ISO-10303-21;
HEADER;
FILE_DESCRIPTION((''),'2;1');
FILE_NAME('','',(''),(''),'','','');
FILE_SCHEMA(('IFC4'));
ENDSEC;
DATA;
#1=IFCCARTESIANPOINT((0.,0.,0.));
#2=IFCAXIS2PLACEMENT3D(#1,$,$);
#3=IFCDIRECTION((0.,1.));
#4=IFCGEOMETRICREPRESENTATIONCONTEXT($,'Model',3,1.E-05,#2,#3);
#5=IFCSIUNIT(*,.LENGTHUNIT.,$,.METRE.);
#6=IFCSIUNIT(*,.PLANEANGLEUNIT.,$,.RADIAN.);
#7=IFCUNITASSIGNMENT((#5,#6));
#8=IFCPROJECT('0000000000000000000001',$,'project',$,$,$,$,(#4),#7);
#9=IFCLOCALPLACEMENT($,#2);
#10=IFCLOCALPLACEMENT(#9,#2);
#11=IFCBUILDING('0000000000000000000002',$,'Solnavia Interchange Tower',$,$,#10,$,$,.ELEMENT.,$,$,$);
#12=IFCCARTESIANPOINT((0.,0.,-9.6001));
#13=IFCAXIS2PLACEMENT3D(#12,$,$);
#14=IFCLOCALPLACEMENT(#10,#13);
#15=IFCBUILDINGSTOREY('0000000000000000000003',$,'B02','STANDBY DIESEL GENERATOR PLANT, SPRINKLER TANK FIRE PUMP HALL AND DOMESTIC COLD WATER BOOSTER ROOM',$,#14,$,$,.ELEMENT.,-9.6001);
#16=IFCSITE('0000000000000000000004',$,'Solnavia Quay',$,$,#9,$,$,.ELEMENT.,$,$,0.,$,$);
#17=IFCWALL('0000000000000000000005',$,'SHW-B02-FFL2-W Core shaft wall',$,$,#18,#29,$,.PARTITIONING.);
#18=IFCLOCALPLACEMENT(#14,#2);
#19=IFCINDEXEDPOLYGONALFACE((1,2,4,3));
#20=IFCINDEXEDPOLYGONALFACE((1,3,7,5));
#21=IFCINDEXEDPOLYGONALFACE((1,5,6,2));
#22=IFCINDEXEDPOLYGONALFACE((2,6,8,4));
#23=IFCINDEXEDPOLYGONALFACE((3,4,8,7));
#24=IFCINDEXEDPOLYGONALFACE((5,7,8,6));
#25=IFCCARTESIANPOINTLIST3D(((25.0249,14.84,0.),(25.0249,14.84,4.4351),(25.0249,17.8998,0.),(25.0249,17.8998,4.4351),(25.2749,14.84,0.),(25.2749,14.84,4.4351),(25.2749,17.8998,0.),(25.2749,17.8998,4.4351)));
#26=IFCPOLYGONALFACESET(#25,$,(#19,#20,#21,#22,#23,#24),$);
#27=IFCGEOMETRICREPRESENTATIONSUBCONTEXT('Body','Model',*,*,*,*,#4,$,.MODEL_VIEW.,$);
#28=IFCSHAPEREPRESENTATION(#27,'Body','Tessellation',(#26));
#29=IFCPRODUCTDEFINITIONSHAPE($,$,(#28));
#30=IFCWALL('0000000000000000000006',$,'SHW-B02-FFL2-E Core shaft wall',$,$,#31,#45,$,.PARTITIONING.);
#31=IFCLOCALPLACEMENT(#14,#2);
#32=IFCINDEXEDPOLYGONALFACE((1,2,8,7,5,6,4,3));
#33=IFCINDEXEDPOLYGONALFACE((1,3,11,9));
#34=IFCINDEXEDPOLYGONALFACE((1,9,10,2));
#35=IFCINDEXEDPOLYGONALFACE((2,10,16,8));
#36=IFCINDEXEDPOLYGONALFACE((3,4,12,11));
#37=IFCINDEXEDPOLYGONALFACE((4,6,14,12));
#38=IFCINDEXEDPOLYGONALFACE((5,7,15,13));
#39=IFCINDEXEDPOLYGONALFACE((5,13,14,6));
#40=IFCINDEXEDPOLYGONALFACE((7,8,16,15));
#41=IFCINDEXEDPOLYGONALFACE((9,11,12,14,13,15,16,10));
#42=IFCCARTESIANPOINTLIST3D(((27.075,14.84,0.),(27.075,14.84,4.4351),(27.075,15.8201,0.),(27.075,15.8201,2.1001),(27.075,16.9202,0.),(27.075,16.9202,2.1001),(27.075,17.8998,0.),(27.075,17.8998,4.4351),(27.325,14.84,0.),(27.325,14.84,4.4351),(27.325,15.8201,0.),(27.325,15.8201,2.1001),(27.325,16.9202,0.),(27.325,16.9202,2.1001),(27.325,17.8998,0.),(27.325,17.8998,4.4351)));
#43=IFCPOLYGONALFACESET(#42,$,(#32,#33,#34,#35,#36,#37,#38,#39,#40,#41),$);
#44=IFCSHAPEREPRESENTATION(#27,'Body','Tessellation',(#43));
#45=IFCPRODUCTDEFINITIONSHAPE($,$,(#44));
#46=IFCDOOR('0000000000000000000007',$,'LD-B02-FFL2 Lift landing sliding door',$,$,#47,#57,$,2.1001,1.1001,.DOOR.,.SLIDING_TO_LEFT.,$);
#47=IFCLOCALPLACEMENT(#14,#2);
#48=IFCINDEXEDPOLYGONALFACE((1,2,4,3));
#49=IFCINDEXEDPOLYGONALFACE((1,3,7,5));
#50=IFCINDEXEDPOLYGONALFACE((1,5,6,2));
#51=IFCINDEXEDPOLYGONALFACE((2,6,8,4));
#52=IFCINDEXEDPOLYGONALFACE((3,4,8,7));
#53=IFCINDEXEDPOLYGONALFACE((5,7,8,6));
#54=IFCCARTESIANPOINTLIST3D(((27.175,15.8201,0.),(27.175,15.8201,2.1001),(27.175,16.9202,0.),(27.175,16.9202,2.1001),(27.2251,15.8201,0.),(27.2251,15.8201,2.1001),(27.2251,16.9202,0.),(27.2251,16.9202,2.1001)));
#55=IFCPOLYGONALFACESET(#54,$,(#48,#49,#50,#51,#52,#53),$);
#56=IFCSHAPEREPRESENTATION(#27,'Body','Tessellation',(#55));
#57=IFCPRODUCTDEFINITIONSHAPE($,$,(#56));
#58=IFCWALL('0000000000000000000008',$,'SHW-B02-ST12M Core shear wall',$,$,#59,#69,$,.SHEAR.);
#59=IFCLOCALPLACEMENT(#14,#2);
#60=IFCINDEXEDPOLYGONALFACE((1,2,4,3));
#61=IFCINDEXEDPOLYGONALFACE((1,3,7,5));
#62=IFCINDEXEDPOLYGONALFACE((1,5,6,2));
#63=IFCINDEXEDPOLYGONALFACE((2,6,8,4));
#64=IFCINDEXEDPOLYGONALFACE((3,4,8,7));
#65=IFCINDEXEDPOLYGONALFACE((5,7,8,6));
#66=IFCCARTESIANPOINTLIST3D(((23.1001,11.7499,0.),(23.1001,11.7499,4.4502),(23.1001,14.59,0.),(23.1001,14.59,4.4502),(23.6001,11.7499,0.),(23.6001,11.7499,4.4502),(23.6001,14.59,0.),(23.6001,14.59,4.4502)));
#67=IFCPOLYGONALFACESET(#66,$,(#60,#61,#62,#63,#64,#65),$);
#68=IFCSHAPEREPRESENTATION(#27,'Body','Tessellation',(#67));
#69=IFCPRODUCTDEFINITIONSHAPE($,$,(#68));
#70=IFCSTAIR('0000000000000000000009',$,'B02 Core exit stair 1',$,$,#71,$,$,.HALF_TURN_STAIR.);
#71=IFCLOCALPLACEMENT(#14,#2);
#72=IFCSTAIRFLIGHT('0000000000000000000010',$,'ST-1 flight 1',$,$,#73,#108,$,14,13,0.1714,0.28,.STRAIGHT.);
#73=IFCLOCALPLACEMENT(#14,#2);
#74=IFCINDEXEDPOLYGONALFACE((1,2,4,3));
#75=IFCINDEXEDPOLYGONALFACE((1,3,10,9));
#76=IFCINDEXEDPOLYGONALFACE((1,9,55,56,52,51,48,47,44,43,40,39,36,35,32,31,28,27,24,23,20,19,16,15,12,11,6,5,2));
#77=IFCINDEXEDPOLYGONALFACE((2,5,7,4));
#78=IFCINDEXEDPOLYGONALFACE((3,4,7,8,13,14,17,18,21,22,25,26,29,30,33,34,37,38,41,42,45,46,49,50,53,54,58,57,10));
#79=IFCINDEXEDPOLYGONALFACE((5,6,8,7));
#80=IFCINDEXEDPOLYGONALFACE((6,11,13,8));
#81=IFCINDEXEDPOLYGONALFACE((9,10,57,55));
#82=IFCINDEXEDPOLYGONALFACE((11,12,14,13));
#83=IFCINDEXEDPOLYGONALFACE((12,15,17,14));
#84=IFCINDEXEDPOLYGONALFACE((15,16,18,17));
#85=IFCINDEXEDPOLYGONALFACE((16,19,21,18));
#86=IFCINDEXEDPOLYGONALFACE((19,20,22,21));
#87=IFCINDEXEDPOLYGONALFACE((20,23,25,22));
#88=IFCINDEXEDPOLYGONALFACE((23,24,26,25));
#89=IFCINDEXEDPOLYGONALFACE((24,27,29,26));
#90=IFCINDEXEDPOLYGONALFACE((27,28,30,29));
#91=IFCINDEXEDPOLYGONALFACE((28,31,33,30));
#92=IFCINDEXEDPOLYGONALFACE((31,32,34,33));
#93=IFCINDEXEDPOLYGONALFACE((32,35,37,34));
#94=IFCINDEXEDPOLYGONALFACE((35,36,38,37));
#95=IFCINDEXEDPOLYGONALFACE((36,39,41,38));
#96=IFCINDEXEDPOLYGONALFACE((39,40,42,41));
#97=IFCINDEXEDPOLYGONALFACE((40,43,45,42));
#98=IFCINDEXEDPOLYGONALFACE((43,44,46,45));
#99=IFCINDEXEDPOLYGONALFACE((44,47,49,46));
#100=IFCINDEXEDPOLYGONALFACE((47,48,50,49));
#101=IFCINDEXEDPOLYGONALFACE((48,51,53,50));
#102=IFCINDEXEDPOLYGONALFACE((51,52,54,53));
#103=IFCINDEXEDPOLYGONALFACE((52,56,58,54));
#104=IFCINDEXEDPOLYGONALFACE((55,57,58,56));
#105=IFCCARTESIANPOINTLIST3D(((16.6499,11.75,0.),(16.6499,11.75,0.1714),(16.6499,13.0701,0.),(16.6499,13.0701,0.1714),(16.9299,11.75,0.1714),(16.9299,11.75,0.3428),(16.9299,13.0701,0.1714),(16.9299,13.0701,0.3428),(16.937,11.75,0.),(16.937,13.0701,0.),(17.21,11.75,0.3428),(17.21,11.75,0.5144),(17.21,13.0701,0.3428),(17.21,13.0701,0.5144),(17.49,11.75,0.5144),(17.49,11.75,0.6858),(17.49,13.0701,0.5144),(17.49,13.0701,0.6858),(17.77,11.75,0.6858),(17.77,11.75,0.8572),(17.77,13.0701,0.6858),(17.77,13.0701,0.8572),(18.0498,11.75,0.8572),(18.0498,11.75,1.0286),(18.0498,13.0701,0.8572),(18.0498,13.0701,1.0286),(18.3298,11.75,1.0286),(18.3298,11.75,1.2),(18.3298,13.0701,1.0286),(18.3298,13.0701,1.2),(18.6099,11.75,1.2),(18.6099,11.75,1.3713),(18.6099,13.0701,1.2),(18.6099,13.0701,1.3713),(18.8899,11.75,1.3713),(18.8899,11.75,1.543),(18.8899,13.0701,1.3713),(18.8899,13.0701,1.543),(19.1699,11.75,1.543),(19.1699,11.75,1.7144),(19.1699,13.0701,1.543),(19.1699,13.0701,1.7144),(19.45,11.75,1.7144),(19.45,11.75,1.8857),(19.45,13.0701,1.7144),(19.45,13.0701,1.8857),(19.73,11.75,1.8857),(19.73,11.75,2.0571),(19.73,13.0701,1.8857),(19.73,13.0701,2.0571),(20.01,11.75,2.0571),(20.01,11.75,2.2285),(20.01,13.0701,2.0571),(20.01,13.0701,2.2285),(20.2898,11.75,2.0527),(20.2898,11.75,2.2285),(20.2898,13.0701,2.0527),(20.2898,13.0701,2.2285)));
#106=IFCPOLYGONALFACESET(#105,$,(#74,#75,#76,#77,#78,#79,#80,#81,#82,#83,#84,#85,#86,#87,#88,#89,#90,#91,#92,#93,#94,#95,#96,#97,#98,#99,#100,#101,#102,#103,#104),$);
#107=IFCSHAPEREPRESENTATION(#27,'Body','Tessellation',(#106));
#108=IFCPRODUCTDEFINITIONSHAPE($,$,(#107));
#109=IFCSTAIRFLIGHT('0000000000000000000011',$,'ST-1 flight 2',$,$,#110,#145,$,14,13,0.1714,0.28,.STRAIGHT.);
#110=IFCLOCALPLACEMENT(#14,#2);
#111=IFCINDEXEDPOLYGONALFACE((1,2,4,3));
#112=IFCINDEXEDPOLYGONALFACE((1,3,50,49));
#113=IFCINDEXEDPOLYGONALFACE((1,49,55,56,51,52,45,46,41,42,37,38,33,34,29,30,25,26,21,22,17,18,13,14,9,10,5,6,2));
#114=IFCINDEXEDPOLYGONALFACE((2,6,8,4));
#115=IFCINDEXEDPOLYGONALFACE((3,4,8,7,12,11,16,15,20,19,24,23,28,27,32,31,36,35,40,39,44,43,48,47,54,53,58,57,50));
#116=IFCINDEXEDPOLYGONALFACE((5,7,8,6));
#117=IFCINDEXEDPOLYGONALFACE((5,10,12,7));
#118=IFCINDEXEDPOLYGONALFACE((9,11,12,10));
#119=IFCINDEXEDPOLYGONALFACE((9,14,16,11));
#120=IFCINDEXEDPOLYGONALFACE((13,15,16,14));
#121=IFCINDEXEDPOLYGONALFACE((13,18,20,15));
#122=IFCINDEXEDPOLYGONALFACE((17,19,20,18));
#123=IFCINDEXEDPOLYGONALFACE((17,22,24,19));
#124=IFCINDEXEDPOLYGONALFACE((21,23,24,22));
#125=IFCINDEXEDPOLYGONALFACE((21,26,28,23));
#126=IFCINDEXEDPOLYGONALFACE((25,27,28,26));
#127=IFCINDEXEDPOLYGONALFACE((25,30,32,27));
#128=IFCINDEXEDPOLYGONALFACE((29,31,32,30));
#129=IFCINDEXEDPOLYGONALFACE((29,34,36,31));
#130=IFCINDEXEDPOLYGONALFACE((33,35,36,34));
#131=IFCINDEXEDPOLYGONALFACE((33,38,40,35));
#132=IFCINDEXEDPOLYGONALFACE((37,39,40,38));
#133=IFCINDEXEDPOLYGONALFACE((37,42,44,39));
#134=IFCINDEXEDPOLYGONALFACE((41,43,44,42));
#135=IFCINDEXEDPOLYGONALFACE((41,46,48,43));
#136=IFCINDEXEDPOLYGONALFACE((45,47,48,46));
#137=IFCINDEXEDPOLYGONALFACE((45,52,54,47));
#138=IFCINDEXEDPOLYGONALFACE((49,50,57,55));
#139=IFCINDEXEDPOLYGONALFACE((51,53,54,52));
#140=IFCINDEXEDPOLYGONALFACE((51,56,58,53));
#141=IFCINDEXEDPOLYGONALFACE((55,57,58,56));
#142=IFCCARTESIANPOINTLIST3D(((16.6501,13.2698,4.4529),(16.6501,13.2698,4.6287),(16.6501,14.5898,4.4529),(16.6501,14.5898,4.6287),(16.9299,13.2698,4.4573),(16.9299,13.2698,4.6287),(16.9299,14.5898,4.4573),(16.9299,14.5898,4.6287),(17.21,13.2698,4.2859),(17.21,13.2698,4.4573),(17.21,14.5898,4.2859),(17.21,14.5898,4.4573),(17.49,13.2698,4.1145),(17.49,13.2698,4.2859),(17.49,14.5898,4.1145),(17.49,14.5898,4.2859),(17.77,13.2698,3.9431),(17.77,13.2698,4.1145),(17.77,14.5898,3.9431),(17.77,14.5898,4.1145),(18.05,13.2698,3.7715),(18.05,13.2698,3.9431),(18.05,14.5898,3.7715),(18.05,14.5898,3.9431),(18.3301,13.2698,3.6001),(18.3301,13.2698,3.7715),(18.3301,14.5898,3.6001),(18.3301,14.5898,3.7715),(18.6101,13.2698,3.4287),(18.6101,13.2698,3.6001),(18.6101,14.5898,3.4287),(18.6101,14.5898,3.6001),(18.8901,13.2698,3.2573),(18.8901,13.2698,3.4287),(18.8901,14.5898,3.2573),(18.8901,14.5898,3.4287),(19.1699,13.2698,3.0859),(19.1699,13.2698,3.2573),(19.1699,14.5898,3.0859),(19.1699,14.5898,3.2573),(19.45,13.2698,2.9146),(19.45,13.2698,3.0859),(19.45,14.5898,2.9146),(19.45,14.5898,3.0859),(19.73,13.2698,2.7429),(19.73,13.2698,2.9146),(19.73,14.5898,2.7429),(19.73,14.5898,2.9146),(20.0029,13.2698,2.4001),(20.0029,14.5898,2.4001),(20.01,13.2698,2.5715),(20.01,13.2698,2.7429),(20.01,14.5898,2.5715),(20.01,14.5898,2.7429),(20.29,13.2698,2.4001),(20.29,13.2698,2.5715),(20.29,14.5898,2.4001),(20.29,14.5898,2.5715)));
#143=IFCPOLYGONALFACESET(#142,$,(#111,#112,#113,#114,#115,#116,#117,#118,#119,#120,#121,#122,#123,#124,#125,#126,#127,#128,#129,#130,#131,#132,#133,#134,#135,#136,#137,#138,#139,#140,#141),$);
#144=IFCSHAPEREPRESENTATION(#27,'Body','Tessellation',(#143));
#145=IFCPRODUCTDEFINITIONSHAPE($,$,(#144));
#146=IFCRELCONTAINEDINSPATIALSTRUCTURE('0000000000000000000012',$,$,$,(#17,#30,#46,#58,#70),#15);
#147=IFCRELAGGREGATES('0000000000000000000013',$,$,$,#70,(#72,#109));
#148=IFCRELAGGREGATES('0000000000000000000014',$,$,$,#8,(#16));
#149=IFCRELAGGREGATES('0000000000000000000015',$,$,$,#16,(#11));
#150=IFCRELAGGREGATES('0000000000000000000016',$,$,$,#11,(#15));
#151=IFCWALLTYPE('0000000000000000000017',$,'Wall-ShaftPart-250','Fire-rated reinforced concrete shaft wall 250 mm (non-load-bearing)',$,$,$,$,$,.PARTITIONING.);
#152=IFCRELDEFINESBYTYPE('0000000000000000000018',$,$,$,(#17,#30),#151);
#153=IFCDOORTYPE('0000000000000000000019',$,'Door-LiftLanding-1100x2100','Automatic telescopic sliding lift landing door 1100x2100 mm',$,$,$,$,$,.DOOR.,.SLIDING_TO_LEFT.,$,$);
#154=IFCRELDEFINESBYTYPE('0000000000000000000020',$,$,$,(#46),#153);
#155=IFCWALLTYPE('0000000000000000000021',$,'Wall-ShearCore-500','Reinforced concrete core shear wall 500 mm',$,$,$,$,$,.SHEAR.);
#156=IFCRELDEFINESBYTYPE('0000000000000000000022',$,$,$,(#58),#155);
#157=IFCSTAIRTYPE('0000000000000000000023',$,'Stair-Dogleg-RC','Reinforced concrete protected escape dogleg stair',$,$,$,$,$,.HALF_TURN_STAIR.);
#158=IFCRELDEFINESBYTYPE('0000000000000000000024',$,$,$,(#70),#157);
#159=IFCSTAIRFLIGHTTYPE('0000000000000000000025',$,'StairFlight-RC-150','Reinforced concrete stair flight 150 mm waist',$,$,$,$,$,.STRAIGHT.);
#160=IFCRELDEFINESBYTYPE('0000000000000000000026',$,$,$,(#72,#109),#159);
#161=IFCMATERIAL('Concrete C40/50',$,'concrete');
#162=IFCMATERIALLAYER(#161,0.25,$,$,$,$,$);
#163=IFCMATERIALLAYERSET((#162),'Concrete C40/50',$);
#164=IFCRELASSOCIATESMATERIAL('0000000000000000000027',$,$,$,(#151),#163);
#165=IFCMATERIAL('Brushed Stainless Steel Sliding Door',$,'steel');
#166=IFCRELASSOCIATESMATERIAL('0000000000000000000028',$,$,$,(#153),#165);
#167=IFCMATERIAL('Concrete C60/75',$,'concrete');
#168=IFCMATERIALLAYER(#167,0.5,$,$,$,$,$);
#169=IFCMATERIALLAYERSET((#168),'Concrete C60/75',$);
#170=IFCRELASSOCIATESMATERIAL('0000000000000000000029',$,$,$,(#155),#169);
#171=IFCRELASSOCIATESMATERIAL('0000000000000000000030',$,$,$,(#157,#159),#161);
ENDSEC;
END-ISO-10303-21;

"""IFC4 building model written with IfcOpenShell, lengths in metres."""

from ifc_helpers import new_model, si_unit, direction, frame, frame_2d, origin, place, context, subcontext, project, spatial, polyline, rectangle, outline, extrude, material, layer, layer_set, type_object, element, fill, aggregate, save


model = new_model("IFC4")

# Units and contexts
model_context = context("Model", 3, precision=1e-05, world=origin(), true_north=direction((0.0, 1.0)))
body_context = subcontext(model_context, "Body", "Model", "MODEL_VIEW")
ifc_project = project(units=[si_unit("LENGTHUNIT", "METRE"), si_unit("PLANEANGLEUNIT", "RADIAN")], contexts=[model_context])

# Site, building, storey
site_placement = place(None, origin())
site = spatial("IfcSite", under=ifc_project, at=site_placement, Name="Solnavia Quay", CompositionType="ELEMENT", RefElevation=0.0)
building_placement = place(site_placement, origin())
building = spatial("IfcBuilding", under=site, at=building_placement, Name="Solnavia Interchange Tower", CompositionType="ELEMENT")
storey_placement = place(building_placement, frame((0.0, 0.0, -9.6001)))
storey = spatial("IfcBuildingStorey", under=building, at=storey_placement, Name="B02", Description="STANDBY DIESEL GENERATOR PLANT, SPRINKLER TANK FIRE PUMP HALL AND DOMESTIC COLD WATER BOOSTER ROOM", CompositionType="ELEMENT", Elevation=-9.6001)

# Shared definitions
ifc_material_1 = material(Name="Concrete C40/50", Category="concrete")

# Shared definitions
ifc_material_2 = material(Name="Concrete C60/75", Category="concrete")

# Shared definitions
ifc_layer_1 = layer(ifc_material_1, 0.25)
ifc_layer_set_1 = layer_set([ifc_layer_1], Name="Concrete C40/50")
wall_type_1 = type_object("IfcWallType", Name="Wall-ShaftPart-250", Description="Fire-rated reinforced concrete shaft wall 250 mm (non-load-bearing)", PredefinedType="PARTITIONING", material=ifc_layer_set_1)
ifc_material_3 = material(Name="Brushed Stainless Steel Sliding Door", Category="steel")
door_type_1 = type_object("IfcDoorType", Name="Door-LiftLanding-1100x2100", Description="Automatic telescopic sliding lift landing door 1100x2100 mm", OperationType="SLIDING_TO_LEFT", PredefinedType="DOOR", material=ifc_material_3)

# Wall
for number, where, z_axis, x_axis, name in (
    (1, (25.1499, 14.8401, 0.0), (0.0, 0.0, 1.0), (0.0, 1.0, 0.0), "SHW-B02-FFL2-W Core shaft wall"),
):
    element("IfcWall", number, at=place(storey_placement, frame(where, z_axis=z_axis, x_axis=x_axis)), inside=storey, type_object=wall_type_1, Name=name, PredefinedType="PARTITIONING", context=body_context, shape_type="SweptSolid", body=[
        extrude(rectangle(XDim=3.0598, YDim=0.25, at=frame_2d((1.5298, 0.0))), origin(), (0.0, 0.0, 1.0), 4.4351),
    ])

# Wall, opening, door
wall_1_placement = place(storey_placement, frame((27.2, 14.8401, 0.0), z_axis=(0.0, 0.0, 1.0), x_axis=(0.0, 1.0, 0.0)))
wall_1 = element("IfcWall", 2, at=wall_1_placement, inside=storey, type_object=wall_type_1, Name="SHW-B02-FFL2-E Core shaft wall", PredefinedType="PARTITIONING", context=body_context, shape_type="SweptSolid", body=[
    extrude(rectangle(XDim=3.0598, YDim=0.25, at=frame_2d((1.5298, 0.0))), origin(), (0.0, 0.0, 1.0), 4.4351),
])
opening_1_placement = place(wall_1_placement, frame((0.98, 0.0, 0.0)))
opening_1 = element("IfcOpeningElement", 3, at=opening_1_placement, cuts=wall_1, PredefinedType="OPENING", context=body_context, shape_type="SweptSolid", body=[
    extrude(rectangle(XDim=1.1001, YDim=2.1001, at=frame_2d((0.55, 1.05))), frame((0.0, 0.135, 0.0), z_axis=(0.0, -1.0, 0.0), x_axis=(1.0, 0.0, 0.0)), (0.0, 0.0, 1.0), 0.27),
])
door_1_placement = place(opening_1_placement, origin())
door_1 = element("IfcDoor", 4, at=door_1_placement, inside=storey, type_object=door_type_1, Name="LD-B02-FFL2 Lift landing sliding door", OperationType="SLIDING_TO_LEFT", OverallHeight=2.1001, OverallWidth=1.1001, PredefinedType="DOOR", context=body_context, shape_type="SweptSolid", body=[
    extrude(rectangle(XDim=1.1001, YDim=2.1001, at=frame_2d((0.55, 1.05))), frame((0.0, 0.0249, 0.0), z_axis=(0.0, -1.0, 0.0), x_axis=(1.0, 0.0, 0.0)), (0.0, 0.0, 1.0), 0.05),
])
fill(opening_1, door_1)

# Wall
ifc_layer_2 = layer(ifc_material_2, 0.5)
ifc_layer_set_2 = layer_set([ifc_layer_2], Name="Concrete C60/75")
wall_type_2 = type_object("IfcWallType", Name="Wall-ShearCore-500", Description="Reinforced concrete core shear wall 500 mm", PredefinedType="SHEAR", material=ifc_layer_set_2)
wall_2_placement = place(storey_placement, frame((23.3501, 11.75, 0.0), z_axis=(0.0, 0.0, 1.0), x_axis=(0.0, 1.0, 0.0)))
element("IfcWall", 5, at=wall_2_placement, inside=storey, type_object=wall_type_2, Name="SHW-B02-ST12M Core shear wall", PredefinedType="SHEAR", context=body_context, shape_type="SweptSolid", body=[
    extrude(rectangle(XDim=2.8401, YDim=0.5, at=frame_2d((1.4199, 0.0))), origin(), (0.0, 0.0, 1.0), 4.4502),
])

# Stair, stair flights
stair_type = type_object("IfcStairType", Name="Stair-Dogleg-RC", Description="Reinforced concrete protected escape dogleg stair", PredefinedType="HALF_TURN_STAIR", material=ifc_material_1)
stair_1_placement = place(storey_placement, origin())
stair_1 = element("IfcStair", 6, at=stair_1_placement, inside=storey, type_object=stair_type, Name="B02 Core exit stair 1", PredefinedType="HALF_TURN_STAIR")
stair_flight_type = type_object("IfcStairFlightType", Name="StairFlight-RC-150", Description="Reinforced concrete stair flight 150 mm waist", PredefinedType="STRAIGHT", material=ifc_material_1)
stair_flight_1_placement = place(storey_placement, frame((16.6499, 12.4099, 0.0), z_axis=(0.0, 0.0, 1.0), x_axis=(1.0, 0.0, 0.0)))
stair_flight_1 = element("IfcStairFlight", 7, at=stair_flight_1_placement, type_object=stair_flight_type, Name="ST-1 flight 1", NumberOfRisers=14, NumberOfTreads=13, PredefinedType="STRAIGHT", RiserHeight=0.1714, TreadLength=0.28, context=body_context, shape_type="SweptSolid", body=[
    extrude(outline(polyline([(0.0, 0.0), (0.0, 0.1714), (0.28, 0.1714), (0.28, 0.3428), (0.5601, 0.3428), (0.5601, 0.5144), (0.8401, 0.5144), (0.8401, 0.6858), (1.1201, 0.6858), (1.1201, 0.8572), (1.3999, 0.8572), (1.3999, 1.0286), (1.6799, 1.0286), (1.6799, 1.2), (1.96, 1.2), (1.96, 1.3713), (2.24, 1.3713), (2.24, 1.543), (2.52, 1.543), (2.52, 1.7144), (2.8, 1.7144), (2.8, 1.8857), (3.0801, 1.8857), (3.0801, 2.0571), (3.3601, 2.0571), (3.3601, 2.2285), (3.6399, 2.2285), (3.6399, 2.3999), (3.6399, 2.0527), (0.2871, 0.0), (0.0, 0.0)])), frame((0.0, 0.6602, 0.0), z_axis=(0.0, -1.0, 0.0), x_axis=(1.0, 0.0, 0.0)), (0.0, 0.0, 1.0), 1.3201),
])
stair_flight_2_placement = place(storey_placement, frame((20.29, 13.9299, 2.4001), z_axis=(0.0, 0.0, 1.0), x_axis=(-1.0, 0.0, 0.0)))
stair_flight_2 = element("IfcStairFlight", 8, at=stair_flight_2_placement, type_object=stair_flight_type, Name="ST-1 flight 2", NumberOfRisers=14, NumberOfTreads=13, PredefinedType="STRAIGHT", RiserHeight=0.1714, TreadLength=0.28, context=body_context, shape_type="SweptSolid", body=[
    extrude(outline(polyline([(0.0, 0.0), (0.0, 0.1714), (0.28, 0.1714), (0.28, 0.3428), (0.5601, 0.3428), (0.5601, 0.5144), (0.8401, 0.5144), (0.8401, 0.6858), (1.1201, 0.6858), (1.1201, 0.8572), (1.3999, 0.8572), (1.3999, 1.0286), (1.6799, 1.0286), (1.6799, 1.2), (1.96, 1.2), (1.96, 1.3713), (2.24, 1.3713), (2.24, 1.543), (2.52, 1.543), (2.52, 1.7144), (2.8, 1.7144), (2.8, 1.8857), (3.0801, 1.8857), (3.0801, 2.0571), (3.3601, 2.0571), (3.3601, 2.2285), (3.6399, 2.2285), (3.6399, 2.3999), (3.6399, 2.0527), (0.2871, 0.0), (0.0, 0.0)])), frame((0.0, 0.6602, 0.0), z_axis=(0.0, -1.0, 0.0), x_axis=(1.0, 0.0, 0.0)), (0.0, 0.0, 1.0), 1.3201),
])
aggregate(stair_1, [stair_flight_1, stair_flight_2])

save(model, "model.ifc")
